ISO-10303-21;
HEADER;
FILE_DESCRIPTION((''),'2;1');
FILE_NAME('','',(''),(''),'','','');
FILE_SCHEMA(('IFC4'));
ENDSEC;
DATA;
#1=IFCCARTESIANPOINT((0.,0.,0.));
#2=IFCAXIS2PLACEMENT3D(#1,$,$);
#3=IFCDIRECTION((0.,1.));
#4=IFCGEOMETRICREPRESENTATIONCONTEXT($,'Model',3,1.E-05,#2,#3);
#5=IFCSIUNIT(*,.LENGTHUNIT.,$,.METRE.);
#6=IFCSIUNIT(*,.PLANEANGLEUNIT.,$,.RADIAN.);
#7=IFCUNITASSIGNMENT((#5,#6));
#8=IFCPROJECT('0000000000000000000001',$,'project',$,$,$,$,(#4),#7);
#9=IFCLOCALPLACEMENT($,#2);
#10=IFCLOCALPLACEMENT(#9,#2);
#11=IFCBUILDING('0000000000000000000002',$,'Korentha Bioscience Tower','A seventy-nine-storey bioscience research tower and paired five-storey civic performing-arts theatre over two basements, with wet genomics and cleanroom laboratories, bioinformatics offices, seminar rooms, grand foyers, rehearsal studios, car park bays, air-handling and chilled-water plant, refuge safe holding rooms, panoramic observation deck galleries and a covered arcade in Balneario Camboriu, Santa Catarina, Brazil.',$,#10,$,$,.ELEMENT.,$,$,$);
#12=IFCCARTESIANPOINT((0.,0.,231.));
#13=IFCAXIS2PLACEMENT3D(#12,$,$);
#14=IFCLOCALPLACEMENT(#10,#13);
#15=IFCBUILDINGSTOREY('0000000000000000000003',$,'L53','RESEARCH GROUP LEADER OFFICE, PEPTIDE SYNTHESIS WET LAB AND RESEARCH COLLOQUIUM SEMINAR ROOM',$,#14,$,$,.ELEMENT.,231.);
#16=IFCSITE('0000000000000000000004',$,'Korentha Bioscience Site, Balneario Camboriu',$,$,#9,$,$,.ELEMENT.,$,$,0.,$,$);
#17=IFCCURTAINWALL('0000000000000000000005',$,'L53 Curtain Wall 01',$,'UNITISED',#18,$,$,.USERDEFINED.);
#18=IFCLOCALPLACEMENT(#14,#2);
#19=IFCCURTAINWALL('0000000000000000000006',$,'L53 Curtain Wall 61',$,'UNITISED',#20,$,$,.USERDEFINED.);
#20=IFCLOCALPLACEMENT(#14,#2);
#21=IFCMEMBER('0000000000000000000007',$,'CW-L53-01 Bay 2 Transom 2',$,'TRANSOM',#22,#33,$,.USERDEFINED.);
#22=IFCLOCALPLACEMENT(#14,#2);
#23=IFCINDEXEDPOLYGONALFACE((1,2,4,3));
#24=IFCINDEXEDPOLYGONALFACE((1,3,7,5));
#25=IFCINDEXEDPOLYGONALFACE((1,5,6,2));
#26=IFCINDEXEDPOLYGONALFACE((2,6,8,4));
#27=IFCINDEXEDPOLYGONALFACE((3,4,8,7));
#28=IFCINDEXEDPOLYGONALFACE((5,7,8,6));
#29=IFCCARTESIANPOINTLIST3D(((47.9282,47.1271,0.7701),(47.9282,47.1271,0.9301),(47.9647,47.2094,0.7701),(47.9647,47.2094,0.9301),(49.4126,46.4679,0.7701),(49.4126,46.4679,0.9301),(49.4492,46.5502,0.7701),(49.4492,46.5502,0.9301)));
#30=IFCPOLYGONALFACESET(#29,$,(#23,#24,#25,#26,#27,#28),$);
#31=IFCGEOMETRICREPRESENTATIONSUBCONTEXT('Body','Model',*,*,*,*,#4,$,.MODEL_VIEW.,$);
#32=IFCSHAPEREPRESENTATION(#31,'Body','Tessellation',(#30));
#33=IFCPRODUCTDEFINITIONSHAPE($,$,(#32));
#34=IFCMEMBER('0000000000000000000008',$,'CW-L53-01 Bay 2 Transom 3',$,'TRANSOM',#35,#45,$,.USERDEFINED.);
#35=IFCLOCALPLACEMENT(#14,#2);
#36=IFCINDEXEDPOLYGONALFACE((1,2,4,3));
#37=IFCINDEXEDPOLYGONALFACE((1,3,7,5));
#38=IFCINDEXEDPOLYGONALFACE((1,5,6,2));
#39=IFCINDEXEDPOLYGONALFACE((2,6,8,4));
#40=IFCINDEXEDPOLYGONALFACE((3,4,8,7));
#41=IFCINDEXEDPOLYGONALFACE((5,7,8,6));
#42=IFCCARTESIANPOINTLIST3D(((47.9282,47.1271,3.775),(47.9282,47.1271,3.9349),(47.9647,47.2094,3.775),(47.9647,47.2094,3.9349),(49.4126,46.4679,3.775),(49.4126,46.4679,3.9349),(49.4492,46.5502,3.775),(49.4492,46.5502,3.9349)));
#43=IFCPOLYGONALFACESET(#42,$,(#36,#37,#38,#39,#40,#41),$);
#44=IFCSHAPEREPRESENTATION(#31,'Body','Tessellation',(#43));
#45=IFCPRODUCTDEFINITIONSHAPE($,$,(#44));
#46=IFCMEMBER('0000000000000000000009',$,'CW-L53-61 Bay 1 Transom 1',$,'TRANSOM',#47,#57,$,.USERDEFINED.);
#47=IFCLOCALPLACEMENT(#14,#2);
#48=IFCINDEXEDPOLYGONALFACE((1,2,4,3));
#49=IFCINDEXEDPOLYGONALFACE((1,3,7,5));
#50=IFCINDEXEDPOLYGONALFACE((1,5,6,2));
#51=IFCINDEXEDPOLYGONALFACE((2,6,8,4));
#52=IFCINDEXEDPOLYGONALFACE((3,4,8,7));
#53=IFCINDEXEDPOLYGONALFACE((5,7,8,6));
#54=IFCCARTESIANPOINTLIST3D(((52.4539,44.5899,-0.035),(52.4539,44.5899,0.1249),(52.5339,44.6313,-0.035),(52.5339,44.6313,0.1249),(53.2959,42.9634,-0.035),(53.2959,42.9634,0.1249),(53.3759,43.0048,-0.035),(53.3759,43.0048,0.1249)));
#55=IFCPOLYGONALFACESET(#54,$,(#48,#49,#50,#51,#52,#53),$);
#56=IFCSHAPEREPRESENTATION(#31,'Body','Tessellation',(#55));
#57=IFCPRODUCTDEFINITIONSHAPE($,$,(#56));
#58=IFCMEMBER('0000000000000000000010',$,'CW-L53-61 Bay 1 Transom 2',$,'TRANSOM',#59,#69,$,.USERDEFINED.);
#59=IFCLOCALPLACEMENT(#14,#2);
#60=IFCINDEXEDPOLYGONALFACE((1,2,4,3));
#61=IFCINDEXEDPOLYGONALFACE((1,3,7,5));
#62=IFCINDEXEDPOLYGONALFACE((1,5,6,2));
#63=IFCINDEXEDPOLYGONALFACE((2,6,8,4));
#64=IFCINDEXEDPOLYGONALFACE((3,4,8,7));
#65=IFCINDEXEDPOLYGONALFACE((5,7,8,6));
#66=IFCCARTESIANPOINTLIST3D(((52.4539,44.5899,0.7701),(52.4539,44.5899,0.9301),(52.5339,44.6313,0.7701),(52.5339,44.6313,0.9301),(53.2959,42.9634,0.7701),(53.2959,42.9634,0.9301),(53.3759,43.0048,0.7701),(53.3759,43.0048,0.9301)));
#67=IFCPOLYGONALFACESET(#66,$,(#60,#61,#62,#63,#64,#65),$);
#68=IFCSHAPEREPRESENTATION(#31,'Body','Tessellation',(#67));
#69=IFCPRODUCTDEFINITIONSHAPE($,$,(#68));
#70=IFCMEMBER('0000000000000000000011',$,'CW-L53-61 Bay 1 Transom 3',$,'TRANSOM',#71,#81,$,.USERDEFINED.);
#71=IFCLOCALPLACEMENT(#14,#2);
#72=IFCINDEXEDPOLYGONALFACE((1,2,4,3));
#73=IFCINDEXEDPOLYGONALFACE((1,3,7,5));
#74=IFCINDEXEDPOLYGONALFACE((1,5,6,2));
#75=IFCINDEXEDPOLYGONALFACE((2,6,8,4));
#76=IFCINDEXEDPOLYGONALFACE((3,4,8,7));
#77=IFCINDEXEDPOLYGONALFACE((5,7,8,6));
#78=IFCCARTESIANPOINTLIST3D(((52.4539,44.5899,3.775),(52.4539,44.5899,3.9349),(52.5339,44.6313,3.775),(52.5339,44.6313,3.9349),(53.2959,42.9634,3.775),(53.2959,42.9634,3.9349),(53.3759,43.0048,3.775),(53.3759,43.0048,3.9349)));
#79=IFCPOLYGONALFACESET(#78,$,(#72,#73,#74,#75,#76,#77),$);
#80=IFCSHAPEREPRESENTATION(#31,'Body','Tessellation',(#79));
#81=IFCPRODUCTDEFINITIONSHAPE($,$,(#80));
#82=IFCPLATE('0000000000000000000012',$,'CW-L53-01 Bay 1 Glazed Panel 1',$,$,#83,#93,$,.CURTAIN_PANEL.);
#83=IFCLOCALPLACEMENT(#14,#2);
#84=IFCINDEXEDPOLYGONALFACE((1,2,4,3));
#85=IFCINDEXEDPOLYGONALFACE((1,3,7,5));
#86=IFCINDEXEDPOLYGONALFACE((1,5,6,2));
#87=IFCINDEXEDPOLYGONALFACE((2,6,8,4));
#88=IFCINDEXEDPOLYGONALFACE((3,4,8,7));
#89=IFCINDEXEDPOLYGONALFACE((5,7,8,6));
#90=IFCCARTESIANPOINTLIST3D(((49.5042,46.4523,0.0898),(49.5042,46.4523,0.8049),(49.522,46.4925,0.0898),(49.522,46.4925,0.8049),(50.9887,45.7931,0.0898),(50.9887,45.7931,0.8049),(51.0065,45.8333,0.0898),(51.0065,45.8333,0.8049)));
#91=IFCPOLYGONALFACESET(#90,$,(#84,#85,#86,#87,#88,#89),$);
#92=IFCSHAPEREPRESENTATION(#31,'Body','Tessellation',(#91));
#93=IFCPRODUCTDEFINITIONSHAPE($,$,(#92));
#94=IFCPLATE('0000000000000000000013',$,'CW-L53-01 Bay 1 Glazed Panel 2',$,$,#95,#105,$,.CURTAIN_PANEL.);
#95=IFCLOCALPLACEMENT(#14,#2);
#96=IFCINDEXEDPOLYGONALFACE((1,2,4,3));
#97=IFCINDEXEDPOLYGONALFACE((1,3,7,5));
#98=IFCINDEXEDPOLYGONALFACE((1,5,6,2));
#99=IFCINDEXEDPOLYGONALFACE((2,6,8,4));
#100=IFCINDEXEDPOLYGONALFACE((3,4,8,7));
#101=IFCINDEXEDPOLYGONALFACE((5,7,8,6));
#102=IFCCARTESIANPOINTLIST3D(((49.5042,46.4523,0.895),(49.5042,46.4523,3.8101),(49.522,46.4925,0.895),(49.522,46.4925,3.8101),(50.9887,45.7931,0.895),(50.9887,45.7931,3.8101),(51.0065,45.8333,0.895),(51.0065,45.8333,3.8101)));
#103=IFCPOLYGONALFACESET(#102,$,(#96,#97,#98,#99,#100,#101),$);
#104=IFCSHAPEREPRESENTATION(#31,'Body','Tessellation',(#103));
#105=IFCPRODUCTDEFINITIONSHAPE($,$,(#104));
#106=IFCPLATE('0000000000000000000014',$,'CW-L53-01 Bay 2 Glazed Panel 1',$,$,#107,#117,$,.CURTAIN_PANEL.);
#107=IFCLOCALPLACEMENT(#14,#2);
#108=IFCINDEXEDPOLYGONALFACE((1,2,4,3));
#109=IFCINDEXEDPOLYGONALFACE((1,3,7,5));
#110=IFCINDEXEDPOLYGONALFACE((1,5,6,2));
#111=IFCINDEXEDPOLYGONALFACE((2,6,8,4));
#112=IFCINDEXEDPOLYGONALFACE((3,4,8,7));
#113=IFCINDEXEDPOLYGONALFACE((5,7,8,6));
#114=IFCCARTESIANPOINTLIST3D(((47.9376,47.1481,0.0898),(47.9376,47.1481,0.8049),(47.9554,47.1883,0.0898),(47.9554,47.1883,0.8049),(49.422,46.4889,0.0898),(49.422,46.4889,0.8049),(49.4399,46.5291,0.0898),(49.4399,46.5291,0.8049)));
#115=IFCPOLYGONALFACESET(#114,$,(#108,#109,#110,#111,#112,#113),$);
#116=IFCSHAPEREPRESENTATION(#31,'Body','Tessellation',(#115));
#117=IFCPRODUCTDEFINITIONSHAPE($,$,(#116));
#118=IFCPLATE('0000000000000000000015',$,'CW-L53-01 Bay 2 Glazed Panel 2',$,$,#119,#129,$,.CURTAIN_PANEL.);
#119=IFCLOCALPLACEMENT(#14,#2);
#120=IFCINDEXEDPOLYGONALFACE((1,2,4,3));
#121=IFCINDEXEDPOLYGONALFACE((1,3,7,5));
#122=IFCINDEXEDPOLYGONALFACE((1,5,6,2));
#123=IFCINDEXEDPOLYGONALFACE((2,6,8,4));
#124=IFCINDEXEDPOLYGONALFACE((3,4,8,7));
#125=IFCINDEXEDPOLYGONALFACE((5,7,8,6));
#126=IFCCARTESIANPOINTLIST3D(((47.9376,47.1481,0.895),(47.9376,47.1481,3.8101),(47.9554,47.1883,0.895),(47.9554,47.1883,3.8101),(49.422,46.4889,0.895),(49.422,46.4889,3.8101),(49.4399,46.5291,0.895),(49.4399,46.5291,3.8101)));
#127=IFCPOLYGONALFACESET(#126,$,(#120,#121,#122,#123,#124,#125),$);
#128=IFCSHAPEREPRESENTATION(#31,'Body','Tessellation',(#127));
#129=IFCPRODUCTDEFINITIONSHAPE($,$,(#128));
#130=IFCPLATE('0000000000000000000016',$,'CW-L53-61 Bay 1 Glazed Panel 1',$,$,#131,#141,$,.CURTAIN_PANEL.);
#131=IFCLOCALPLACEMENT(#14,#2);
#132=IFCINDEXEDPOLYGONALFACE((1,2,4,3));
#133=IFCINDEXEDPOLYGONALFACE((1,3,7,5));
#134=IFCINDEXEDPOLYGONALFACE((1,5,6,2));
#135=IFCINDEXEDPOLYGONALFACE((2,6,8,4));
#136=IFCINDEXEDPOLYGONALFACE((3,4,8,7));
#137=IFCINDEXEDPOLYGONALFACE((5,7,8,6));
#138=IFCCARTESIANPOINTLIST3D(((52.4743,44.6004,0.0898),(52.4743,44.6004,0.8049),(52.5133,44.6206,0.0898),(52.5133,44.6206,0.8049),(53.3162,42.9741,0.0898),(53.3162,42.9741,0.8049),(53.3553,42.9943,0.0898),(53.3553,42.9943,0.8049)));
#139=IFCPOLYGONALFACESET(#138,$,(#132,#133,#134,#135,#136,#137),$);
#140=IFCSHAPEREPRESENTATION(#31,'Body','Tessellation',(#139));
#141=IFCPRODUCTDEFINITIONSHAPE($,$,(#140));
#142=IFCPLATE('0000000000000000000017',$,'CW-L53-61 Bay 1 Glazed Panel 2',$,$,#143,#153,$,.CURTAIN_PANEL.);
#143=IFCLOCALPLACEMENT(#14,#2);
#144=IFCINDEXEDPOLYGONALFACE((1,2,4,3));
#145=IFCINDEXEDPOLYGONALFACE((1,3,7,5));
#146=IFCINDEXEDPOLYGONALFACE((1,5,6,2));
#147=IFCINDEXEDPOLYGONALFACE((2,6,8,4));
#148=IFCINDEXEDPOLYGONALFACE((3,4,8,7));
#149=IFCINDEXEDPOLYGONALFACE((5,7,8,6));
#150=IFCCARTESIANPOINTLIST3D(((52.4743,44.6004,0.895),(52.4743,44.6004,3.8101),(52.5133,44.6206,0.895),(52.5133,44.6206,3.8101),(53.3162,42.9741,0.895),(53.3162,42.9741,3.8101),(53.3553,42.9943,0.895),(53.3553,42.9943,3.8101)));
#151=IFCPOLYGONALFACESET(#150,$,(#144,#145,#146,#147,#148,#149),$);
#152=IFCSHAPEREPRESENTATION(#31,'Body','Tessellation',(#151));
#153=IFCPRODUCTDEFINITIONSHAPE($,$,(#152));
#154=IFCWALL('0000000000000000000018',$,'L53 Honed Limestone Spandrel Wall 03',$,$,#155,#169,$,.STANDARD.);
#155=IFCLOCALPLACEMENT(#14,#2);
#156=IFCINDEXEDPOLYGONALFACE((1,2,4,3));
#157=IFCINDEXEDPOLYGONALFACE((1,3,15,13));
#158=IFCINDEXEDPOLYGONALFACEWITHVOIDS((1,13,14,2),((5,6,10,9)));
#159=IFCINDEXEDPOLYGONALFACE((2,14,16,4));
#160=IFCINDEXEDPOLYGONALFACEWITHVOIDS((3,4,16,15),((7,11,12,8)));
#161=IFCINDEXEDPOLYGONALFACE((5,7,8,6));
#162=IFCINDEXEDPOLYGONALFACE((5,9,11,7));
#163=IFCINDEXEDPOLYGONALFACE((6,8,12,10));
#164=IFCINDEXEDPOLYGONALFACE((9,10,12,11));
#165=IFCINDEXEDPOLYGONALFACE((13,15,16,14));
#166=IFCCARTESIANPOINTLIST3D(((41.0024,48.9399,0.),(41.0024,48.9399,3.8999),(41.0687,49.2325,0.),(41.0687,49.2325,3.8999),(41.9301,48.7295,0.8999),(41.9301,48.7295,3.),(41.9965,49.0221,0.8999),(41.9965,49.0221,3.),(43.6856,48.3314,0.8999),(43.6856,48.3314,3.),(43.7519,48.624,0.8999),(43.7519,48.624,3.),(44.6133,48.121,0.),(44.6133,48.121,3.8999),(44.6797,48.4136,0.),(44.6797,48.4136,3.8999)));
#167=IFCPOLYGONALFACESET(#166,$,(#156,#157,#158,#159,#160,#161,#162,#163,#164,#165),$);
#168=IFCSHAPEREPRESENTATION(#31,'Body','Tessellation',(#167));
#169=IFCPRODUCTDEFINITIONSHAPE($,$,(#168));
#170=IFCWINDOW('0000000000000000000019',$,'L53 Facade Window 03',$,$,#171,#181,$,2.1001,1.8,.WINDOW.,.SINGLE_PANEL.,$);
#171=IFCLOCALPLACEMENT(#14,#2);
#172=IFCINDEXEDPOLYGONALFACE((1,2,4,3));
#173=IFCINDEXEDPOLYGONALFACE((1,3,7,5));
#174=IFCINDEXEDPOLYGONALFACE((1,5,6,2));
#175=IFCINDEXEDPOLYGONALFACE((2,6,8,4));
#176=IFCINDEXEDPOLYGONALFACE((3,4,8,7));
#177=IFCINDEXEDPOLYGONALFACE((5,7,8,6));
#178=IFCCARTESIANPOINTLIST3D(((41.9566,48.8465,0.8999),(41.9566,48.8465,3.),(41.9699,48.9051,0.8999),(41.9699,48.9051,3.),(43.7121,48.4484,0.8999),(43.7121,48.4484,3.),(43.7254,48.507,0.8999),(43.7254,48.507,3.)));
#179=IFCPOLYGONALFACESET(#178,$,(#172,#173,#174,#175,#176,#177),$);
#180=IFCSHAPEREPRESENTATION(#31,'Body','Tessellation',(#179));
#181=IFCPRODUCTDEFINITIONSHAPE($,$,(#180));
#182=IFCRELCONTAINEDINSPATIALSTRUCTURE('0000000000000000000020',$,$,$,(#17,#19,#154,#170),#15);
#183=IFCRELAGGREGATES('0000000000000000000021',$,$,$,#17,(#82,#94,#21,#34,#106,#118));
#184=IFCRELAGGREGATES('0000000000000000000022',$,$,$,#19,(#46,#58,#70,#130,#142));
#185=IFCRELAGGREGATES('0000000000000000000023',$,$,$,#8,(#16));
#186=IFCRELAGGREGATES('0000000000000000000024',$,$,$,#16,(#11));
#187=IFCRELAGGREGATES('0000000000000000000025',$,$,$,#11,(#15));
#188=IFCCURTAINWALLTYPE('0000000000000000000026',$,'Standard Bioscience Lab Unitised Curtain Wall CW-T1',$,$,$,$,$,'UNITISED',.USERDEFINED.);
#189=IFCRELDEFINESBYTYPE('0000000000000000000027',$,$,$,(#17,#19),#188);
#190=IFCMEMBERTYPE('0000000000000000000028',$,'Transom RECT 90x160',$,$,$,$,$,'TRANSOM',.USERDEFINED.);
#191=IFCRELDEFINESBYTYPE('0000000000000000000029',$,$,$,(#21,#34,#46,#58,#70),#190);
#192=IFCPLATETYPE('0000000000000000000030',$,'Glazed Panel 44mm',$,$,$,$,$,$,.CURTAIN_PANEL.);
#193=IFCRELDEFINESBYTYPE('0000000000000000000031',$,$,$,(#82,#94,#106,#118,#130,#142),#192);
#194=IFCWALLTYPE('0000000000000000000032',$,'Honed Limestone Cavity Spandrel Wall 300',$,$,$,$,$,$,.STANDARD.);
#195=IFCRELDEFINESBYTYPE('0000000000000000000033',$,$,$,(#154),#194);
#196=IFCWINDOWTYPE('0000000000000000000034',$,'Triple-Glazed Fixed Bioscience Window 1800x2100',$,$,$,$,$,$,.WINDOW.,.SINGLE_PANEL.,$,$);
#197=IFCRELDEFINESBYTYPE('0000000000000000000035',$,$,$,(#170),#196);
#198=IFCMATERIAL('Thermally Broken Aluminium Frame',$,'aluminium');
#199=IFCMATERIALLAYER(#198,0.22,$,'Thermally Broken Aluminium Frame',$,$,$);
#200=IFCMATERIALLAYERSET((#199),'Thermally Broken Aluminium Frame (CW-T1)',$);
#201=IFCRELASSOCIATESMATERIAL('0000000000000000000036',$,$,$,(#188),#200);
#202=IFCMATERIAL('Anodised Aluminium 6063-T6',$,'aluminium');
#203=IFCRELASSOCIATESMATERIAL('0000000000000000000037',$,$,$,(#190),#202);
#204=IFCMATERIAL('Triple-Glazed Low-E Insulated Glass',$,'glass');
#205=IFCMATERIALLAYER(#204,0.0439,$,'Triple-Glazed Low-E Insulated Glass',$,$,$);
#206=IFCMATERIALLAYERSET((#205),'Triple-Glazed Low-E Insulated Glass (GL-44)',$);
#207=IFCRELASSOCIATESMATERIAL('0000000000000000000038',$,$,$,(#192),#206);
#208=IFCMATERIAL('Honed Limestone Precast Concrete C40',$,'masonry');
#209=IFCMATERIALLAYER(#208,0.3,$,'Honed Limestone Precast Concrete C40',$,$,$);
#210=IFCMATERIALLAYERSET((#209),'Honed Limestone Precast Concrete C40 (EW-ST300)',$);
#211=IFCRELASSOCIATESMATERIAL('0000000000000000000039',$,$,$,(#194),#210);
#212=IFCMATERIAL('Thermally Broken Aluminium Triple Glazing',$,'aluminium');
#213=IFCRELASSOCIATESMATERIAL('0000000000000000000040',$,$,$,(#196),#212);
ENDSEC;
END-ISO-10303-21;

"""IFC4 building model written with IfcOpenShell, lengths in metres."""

from ifc_helpers import new_model, si_unit, direction, frame, frame_2d, origin, origin_2d, place, context, subcontext, project, spatial, rectangle, extrude, material, layer, layer_set, material_profile, profile_set, type_object, element, fill, aggregate, save


model = new_model("IFC4")

# Units and contexts
model_context = context("Model", 3, precision=1e-05, world=origin(), true_north=direction((0.0, 1.0)))
body_context = subcontext(model_context, "Body", "Model", "MODEL_VIEW")
ifc_project = project(units=[si_unit("LENGTHUNIT", "METRE"), si_unit("PLANEANGLEUNIT", "RADIAN")], contexts=[model_context])

# Site, building, storey
site_placement = place(None, origin())
site = spatial("IfcSite", under=ifc_project, at=site_placement, Name="Korentha Bioscience Site, Balneario Camboriu", CompositionType="ELEMENT", RefElevation=0.0)
building_placement = place(site_placement, origin())
building = spatial("IfcBuilding", under=site, at=building_placement, Name="Korentha Bioscience Tower", Description="A seventy-nine-storey bioscience research tower and paired five-storey civic performing-arts theatre over two basements, with wet genomics and cleanroom laboratories, bioinformatics offices, seminar rooms, grand foyers, rehearsal studios, car park bays, air-handling and chilled-water plant, refuge safe holding rooms, panoramic observation deck galleries and a covered arcade in Balneario Camboriu, Santa Catarina, Brazil.", CompositionType="ELEMENT")
storey_placement = place(building_placement, frame((0.0, 0.0, 231.0)))
storey = spatial("IfcBuildingStorey", under=building, at=storey_placement, Name="L53", Description="RESEARCH GROUP LEADER OFFICE, PEPTIDE SYNTHESIS WET LAB AND RESEARCH COLLOQUIUM SEMINAR ROOM", CompositionType="ELEMENT", Elevation=231.0)

# Curtain walls
ifc_material_1 = material(Name="Thermally Broken Aluminium Frame", Category="aluminium")
ifc_layer_1 = layer(ifc_material_1, 0.22, Name="Thermally Broken Aluminium Frame")
ifc_layer_set_1 = layer_set([ifc_layer_1], Name="Thermally Broken Aluminium Frame (CW-T1)")
curtain_wall_type = type_object("IfcCurtainWallType", Name="Standard Bioscience Lab Unitised Curtain Wall CW-T1", ElementType="UNITISED", PredefinedType="USERDEFINED", material=ifc_layer_set_1)
curtain_wall_1_placement = place(storey_placement, origin())
curtain_wall_1 = element("IfcCurtainWall", 1, at=curtain_wall_1_placement, inside=storey, type_object=curtain_wall_type, Name="L53 Curtain Wall 01", ObjectType="UNITISED", PredefinedType="USERDEFINED")
ifc_material_2 = material(Name="Anodised Aluminium 6063-T6", Category="aluminium")
curtain_wall_2_placement = place(storey_placement, origin())
curtain_wall_2 = element("IfcCurtainWall", 2, at=curtain_wall_2_placement, inside=storey, type_object=curtain_wall_type, Name="L53 Curtain Wall 61", ObjectType="UNITISED", PredefinedType="USERDEFINED")

# Members
ifc_material_profile_1 = material_profile(ifc_material_2, rectangle(XDim=0.0901, YDim=0.1599, at=origin_2d()), Name="Anodised Aluminium 6063-T6")
ifc_profile_set_1 = profile_set([ifc_material_profile_1], Name="Anodised Aluminium 6063-T6 (CW-TRN)")
member_type_1 = type_object("IfcMemberType", Name="Transom RECT 90x160", ElementType="TRANSOM", PredefinedType="USERDEFINED", material=ifc_profile_set_1)
member_1_placement = place(storey_placement, frame((49.4309, 46.509, 0.8501), z_axis=(-0.913935, 0.40586, 0.0), x_axis=(-0.40586, -0.913935, 0.0)))
member_1 = element("IfcMember", 3, at=member_1_placement, type_object=member_type_1, Name="CW-L53-01 Bay 2 Transom 2", ObjectType="TRANSOM", PredefinedType="USERDEFINED", context=body_context, shape_type="SweptSolid", body=[
    extrude(rectangle(XDim=0.0901, YDim=0.1599, at=origin_2d()), origin(), (0.0, 0.0, 1.0), 1.6243),
])
member_2_placement = place(storey_placement, frame((49.4309, 46.509, 3.855), z_axis=(-0.913935, 0.40586, 0.0), x_axis=(-0.40586, -0.913935, 0.0)))
member_2 = element("IfcMember", 4, at=member_2_placement, type_object=member_type_1, Name="CW-L53-01 Bay 2 Transom 3", ObjectType="TRANSOM", PredefinedType="USERDEFINED", context=body_context, shape_type="SweptSolid", body=[
    extrude(rectangle(XDim=0.0901, YDim=0.1599, at=origin_2d()), origin(), (0.0, 0.0, 1.0), 1.6243),
])
member_3_placement = place(storey_placement, frame((53.3359, 42.9841, 0.0449), z_axis=(-0.459753, 0.888047, 0.0), x_axis=(-0.888047, -0.459753, 0.0)))
member_3 = element("IfcMember", 5, at=member_3_placement, type_object=member_type_1, Name="CW-L53-61 Bay 1 Transom 1", ObjectType="TRANSOM", PredefinedType="USERDEFINED", context=body_context, shape_type="SweptSolid", body=[
    extrude(rectangle(XDim=0.0901, YDim=0.1599, at=origin_2d()), origin(), (0.0, 0.0, 1.0), 1.8315),
])
member_4_placement = place(storey_placement, frame((53.3359, 42.9841, 0.8501), z_axis=(-0.459753, 0.888047, 0.0), x_axis=(-0.888047, -0.459753, 0.0)))
member_4 = element("IfcMember", 6, at=member_4_placement, type_object=member_type_1, Name="CW-L53-61 Bay 1 Transom 2", ObjectType="TRANSOM", PredefinedType="USERDEFINED", context=body_context, shape_type="SweptSolid", body=[
    extrude(rectangle(XDim=0.0901, YDim=0.1599, at=origin_2d()), origin(), (0.0, 0.0, 1.0), 1.8315),
])
member_5_placement = place(storey_placement, frame((53.3359, 42.9841, 3.855), z_axis=(-0.459753, 0.888047, 0.0), x_axis=(-0.888047, -0.459753, 0.0)))
member_5 = element("IfcMember", 7, at=member_5_placement, type_object=member_type_1, Name="CW-L53-61 Bay 1 Transom 3", ObjectType="TRANSOM", PredefinedType="USERDEFINED", context=body_context, shape_type="SweptSolid", body=[
    extrude(rectangle(XDim=0.0901, YDim=0.1599, at=origin_2d()), origin(), (0.0, 0.0, 1.0), 1.8315),
])

# Plates
ifc_material_3 = material(Name="Triple-Glazed Low-E Insulated Glass", Category="glass")
ifc_layer_2 = layer(ifc_material_3, 0.0439, Name="Triple-Glazed Low-E Insulated Glass")
ifc_layer_set_2 = layer_set([ifc_layer_2], Name="Triple-Glazed Low-E Insulated Glass (GL-44)")
plate_type = type_object("IfcPlateType", Name="Glazed Panel 44mm", PredefinedType="CURTAIN_PANEL", material=ifc_layer_set_2)
plate_1_placement = place(storey_placement, frame((50.2554, 46.1428, 0.0898), z_axis=(0.0, 0.0, 1.0), x_axis=(-0.913944, 0.40584, 0.0)))
plate_1 = element("IfcPlate", 8, at=plate_1_placement, type_object=plate_type, Name="CW-L53-01 Bay 1 Glazed Panel 1", PredefinedType="CURTAIN_PANEL", context=body_context, shape_type="SweptSolid", body=[
    extrude(rectangle(XDim=1.6243, YDim=0.0439, at=origin_2d()), origin(), (0.0, 0.0, 1.0), 0.7151),
])
plate_2_placement = place(storey_placement, frame((50.2554, 46.1428, 0.895), z_axis=(0.0, 0.0, 1.0), x_axis=(-0.913944, 0.40584, 0.0)))
plate_2 = element("IfcPlate", 9, at=plate_2_placement, type_object=plate_type, Name="CW-L53-01 Bay 1 Glazed Panel 2", PredefinedType="CURTAIN_PANEL", context=body_context, shape_type="SweptSolid", body=[
    extrude(rectangle(XDim=1.6243, YDim=0.0439, at=origin_2d()), origin(), (0.0, 0.0, 1.0), 2.915),
])
plate_3_placement = place(storey_placement, frame((48.6887, 46.8386, 0.0898), z_axis=(0.0, 0.0, 1.0), x_axis=(-0.913944, 0.40584, 0.0)))
plate_3 = element("IfcPlate", 10, at=plate_3_placement, type_object=plate_type, Name="CW-L53-01 Bay 2 Glazed Panel 1", PredefinedType="CURTAIN_PANEL", context=body_context, shape_type="SweptSolid", body=[
    extrude(rectangle(XDim=1.6243, YDim=0.0439, at=origin_2d()), origin(), (0.0, 0.0, 1.0), 0.7151),
])
plate_4_placement = place(storey_placement, frame((48.6887, 46.8386, 0.895), z_axis=(0.0, 0.0, 1.0), x_axis=(-0.913944, 0.40584, 0.0)))
plate_4 = element("IfcPlate", 11, at=plate_4_placement, type_object=plate_type, Name="CW-L53-01 Bay 2 Glazed Panel 2", PredefinedType="CURTAIN_PANEL", context=body_context, shape_type="SweptSolid", body=[
    extrude(rectangle(XDim=1.6243, YDim=0.0439, at=origin_2d()), origin(), (0.0, 0.0, 1.0), 2.915),
])
aggregate(curtain_wall_1, [plate_1, plate_2, member_1, member_2, plate_3, plate_4])
plate_5_placement = place(storey_placement, frame((52.9148, 43.7974, 0.0898), z_axis=(0.0, 0.0, 1.0), x_axis=(-0.459738, 0.888055, 0.0)))
plate_5 = element("IfcPlate", 12, at=plate_5_placement, type_object=plate_type, Name="CW-L53-61 Bay 1 Glazed Panel 1", PredefinedType="CURTAIN_PANEL", context=body_context, shape_type="SweptSolid", body=[
    extrude(rectangle(XDim=1.8313, YDim=0.0439, at=origin_2d()), origin(), (0.0, 0.0, 1.0), 0.7151),
])
plate_6_placement = place(storey_placement, frame((52.9148, 43.7974, 0.895), z_axis=(0.0, 0.0, 1.0), x_axis=(-0.459738, 0.888055, 0.0)))
plate_6 = element("IfcPlate", 13, at=plate_6_placement, type_object=plate_type, Name="CW-L53-61 Bay 1 Glazed Panel 2", PredefinedType="CURTAIN_PANEL", context=body_context, shape_type="SweptSolid", body=[
    extrude(rectangle(XDim=1.8313, YDim=0.0439, at=origin_2d()), origin(), (0.0, 0.0, 1.0), 2.915),
])
aggregate(curtain_wall_2, [member_3, member_4, member_5, plate_5, plate_6])

# Wall, opening, window
ifc_material_4 = material(Name="Honed Limestone Precast Concrete C40", Category="masonry")
ifc_layer_3 = layer(ifc_material_4, 0.3, Name="Honed Limestone Precast Concrete C40")
ifc_layer_set_3 = layer_set([ifc_layer_3], Name="Honed Limestone Precast Concrete C40 (EW-ST300)")
wall_type = type_object("IfcWallType", Name="Honed Limestone Cavity Spandrel Wall 300", PredefinedType="STANDARD", material=ifc_layer_set_3)
wall_1_placement = place(storey_placement, frame((44.6465, 48.2673, 0.0), z_axis=(0.0, 0.0, 1.0), x_axis=(-0.975238, 0.221159, 0.0)))
wall_1 = element("IfcWall", 14, at=wall_1_placement, inside=storey, type_object=wall_type, Name="L53 Honed Limestone Spandrel Wall 03", PredefinedType="STANDARD", context=body_context, shape_type="SweptSolid", body=[
    extrude(rectangle(XDim=3.7026, YDim=0.3, at=frame_2d((1.8513, 0.0))), origin(), (0.0, 0.0, 1.0), 3.8999),
])
opening_placement = place(wall_1_placement, frame((0.9514, 0.0, 0.8999)))
opening = element("IfcOpeningElement", 15, at=opening_placement, cuts=wall_1, PredefinedType="OPENING", context=body_context, shape_type="SweptSolid", body=[
    extrude(rectangle(XDim=1.8, YDim=2.1001, at=frame_2d((0.8999, 1.05))), frame((0.0, 0.165, 0.0), z_axis=(0.0, -1.0, 0.0), x_axis=(1.0, 0.0, 0.0)), (0.0, 0.0, 1.0), 0.3298),
])
ifc_material_5 = material(Name="Thermally Broken Aluminium Triple Glazing", Category="aluminium")
window_type = type_object("IfcWindowType", Name="Triple-Glazed Fixed Bioscience Window 1800x2100", PartitioningType="SINGLE_PANEL", PredefinedType="WINDOW", material=ifc_material_5)
window_placement = place(opening_placement, origin())
window = element("IfcWindow", 16, at=window_placement, inside=storey, type_object=window_type, Name="L53 Facade Window 03", OverallHeight=2.1001, OverallWidth=1.8, PartitioningType="SINGLE_PANEL", PredefinedType="WINDOW", context=body_context, shape_type="SweptSolid", body=[
    extrude(rectangle(XDim=1.8, YDim=2.1001, at=frame_2d((0.8999, 1.05))), frame((0.0, 0.03, 0.0), z_axis=(0.0, -1.0, 0.0), x_axis=(1.0, 0.0, 0.0)), (0.0, 0.0, 1.0), 0.0601),
])
fill(opening, window)

save(model, "model.ifc")
